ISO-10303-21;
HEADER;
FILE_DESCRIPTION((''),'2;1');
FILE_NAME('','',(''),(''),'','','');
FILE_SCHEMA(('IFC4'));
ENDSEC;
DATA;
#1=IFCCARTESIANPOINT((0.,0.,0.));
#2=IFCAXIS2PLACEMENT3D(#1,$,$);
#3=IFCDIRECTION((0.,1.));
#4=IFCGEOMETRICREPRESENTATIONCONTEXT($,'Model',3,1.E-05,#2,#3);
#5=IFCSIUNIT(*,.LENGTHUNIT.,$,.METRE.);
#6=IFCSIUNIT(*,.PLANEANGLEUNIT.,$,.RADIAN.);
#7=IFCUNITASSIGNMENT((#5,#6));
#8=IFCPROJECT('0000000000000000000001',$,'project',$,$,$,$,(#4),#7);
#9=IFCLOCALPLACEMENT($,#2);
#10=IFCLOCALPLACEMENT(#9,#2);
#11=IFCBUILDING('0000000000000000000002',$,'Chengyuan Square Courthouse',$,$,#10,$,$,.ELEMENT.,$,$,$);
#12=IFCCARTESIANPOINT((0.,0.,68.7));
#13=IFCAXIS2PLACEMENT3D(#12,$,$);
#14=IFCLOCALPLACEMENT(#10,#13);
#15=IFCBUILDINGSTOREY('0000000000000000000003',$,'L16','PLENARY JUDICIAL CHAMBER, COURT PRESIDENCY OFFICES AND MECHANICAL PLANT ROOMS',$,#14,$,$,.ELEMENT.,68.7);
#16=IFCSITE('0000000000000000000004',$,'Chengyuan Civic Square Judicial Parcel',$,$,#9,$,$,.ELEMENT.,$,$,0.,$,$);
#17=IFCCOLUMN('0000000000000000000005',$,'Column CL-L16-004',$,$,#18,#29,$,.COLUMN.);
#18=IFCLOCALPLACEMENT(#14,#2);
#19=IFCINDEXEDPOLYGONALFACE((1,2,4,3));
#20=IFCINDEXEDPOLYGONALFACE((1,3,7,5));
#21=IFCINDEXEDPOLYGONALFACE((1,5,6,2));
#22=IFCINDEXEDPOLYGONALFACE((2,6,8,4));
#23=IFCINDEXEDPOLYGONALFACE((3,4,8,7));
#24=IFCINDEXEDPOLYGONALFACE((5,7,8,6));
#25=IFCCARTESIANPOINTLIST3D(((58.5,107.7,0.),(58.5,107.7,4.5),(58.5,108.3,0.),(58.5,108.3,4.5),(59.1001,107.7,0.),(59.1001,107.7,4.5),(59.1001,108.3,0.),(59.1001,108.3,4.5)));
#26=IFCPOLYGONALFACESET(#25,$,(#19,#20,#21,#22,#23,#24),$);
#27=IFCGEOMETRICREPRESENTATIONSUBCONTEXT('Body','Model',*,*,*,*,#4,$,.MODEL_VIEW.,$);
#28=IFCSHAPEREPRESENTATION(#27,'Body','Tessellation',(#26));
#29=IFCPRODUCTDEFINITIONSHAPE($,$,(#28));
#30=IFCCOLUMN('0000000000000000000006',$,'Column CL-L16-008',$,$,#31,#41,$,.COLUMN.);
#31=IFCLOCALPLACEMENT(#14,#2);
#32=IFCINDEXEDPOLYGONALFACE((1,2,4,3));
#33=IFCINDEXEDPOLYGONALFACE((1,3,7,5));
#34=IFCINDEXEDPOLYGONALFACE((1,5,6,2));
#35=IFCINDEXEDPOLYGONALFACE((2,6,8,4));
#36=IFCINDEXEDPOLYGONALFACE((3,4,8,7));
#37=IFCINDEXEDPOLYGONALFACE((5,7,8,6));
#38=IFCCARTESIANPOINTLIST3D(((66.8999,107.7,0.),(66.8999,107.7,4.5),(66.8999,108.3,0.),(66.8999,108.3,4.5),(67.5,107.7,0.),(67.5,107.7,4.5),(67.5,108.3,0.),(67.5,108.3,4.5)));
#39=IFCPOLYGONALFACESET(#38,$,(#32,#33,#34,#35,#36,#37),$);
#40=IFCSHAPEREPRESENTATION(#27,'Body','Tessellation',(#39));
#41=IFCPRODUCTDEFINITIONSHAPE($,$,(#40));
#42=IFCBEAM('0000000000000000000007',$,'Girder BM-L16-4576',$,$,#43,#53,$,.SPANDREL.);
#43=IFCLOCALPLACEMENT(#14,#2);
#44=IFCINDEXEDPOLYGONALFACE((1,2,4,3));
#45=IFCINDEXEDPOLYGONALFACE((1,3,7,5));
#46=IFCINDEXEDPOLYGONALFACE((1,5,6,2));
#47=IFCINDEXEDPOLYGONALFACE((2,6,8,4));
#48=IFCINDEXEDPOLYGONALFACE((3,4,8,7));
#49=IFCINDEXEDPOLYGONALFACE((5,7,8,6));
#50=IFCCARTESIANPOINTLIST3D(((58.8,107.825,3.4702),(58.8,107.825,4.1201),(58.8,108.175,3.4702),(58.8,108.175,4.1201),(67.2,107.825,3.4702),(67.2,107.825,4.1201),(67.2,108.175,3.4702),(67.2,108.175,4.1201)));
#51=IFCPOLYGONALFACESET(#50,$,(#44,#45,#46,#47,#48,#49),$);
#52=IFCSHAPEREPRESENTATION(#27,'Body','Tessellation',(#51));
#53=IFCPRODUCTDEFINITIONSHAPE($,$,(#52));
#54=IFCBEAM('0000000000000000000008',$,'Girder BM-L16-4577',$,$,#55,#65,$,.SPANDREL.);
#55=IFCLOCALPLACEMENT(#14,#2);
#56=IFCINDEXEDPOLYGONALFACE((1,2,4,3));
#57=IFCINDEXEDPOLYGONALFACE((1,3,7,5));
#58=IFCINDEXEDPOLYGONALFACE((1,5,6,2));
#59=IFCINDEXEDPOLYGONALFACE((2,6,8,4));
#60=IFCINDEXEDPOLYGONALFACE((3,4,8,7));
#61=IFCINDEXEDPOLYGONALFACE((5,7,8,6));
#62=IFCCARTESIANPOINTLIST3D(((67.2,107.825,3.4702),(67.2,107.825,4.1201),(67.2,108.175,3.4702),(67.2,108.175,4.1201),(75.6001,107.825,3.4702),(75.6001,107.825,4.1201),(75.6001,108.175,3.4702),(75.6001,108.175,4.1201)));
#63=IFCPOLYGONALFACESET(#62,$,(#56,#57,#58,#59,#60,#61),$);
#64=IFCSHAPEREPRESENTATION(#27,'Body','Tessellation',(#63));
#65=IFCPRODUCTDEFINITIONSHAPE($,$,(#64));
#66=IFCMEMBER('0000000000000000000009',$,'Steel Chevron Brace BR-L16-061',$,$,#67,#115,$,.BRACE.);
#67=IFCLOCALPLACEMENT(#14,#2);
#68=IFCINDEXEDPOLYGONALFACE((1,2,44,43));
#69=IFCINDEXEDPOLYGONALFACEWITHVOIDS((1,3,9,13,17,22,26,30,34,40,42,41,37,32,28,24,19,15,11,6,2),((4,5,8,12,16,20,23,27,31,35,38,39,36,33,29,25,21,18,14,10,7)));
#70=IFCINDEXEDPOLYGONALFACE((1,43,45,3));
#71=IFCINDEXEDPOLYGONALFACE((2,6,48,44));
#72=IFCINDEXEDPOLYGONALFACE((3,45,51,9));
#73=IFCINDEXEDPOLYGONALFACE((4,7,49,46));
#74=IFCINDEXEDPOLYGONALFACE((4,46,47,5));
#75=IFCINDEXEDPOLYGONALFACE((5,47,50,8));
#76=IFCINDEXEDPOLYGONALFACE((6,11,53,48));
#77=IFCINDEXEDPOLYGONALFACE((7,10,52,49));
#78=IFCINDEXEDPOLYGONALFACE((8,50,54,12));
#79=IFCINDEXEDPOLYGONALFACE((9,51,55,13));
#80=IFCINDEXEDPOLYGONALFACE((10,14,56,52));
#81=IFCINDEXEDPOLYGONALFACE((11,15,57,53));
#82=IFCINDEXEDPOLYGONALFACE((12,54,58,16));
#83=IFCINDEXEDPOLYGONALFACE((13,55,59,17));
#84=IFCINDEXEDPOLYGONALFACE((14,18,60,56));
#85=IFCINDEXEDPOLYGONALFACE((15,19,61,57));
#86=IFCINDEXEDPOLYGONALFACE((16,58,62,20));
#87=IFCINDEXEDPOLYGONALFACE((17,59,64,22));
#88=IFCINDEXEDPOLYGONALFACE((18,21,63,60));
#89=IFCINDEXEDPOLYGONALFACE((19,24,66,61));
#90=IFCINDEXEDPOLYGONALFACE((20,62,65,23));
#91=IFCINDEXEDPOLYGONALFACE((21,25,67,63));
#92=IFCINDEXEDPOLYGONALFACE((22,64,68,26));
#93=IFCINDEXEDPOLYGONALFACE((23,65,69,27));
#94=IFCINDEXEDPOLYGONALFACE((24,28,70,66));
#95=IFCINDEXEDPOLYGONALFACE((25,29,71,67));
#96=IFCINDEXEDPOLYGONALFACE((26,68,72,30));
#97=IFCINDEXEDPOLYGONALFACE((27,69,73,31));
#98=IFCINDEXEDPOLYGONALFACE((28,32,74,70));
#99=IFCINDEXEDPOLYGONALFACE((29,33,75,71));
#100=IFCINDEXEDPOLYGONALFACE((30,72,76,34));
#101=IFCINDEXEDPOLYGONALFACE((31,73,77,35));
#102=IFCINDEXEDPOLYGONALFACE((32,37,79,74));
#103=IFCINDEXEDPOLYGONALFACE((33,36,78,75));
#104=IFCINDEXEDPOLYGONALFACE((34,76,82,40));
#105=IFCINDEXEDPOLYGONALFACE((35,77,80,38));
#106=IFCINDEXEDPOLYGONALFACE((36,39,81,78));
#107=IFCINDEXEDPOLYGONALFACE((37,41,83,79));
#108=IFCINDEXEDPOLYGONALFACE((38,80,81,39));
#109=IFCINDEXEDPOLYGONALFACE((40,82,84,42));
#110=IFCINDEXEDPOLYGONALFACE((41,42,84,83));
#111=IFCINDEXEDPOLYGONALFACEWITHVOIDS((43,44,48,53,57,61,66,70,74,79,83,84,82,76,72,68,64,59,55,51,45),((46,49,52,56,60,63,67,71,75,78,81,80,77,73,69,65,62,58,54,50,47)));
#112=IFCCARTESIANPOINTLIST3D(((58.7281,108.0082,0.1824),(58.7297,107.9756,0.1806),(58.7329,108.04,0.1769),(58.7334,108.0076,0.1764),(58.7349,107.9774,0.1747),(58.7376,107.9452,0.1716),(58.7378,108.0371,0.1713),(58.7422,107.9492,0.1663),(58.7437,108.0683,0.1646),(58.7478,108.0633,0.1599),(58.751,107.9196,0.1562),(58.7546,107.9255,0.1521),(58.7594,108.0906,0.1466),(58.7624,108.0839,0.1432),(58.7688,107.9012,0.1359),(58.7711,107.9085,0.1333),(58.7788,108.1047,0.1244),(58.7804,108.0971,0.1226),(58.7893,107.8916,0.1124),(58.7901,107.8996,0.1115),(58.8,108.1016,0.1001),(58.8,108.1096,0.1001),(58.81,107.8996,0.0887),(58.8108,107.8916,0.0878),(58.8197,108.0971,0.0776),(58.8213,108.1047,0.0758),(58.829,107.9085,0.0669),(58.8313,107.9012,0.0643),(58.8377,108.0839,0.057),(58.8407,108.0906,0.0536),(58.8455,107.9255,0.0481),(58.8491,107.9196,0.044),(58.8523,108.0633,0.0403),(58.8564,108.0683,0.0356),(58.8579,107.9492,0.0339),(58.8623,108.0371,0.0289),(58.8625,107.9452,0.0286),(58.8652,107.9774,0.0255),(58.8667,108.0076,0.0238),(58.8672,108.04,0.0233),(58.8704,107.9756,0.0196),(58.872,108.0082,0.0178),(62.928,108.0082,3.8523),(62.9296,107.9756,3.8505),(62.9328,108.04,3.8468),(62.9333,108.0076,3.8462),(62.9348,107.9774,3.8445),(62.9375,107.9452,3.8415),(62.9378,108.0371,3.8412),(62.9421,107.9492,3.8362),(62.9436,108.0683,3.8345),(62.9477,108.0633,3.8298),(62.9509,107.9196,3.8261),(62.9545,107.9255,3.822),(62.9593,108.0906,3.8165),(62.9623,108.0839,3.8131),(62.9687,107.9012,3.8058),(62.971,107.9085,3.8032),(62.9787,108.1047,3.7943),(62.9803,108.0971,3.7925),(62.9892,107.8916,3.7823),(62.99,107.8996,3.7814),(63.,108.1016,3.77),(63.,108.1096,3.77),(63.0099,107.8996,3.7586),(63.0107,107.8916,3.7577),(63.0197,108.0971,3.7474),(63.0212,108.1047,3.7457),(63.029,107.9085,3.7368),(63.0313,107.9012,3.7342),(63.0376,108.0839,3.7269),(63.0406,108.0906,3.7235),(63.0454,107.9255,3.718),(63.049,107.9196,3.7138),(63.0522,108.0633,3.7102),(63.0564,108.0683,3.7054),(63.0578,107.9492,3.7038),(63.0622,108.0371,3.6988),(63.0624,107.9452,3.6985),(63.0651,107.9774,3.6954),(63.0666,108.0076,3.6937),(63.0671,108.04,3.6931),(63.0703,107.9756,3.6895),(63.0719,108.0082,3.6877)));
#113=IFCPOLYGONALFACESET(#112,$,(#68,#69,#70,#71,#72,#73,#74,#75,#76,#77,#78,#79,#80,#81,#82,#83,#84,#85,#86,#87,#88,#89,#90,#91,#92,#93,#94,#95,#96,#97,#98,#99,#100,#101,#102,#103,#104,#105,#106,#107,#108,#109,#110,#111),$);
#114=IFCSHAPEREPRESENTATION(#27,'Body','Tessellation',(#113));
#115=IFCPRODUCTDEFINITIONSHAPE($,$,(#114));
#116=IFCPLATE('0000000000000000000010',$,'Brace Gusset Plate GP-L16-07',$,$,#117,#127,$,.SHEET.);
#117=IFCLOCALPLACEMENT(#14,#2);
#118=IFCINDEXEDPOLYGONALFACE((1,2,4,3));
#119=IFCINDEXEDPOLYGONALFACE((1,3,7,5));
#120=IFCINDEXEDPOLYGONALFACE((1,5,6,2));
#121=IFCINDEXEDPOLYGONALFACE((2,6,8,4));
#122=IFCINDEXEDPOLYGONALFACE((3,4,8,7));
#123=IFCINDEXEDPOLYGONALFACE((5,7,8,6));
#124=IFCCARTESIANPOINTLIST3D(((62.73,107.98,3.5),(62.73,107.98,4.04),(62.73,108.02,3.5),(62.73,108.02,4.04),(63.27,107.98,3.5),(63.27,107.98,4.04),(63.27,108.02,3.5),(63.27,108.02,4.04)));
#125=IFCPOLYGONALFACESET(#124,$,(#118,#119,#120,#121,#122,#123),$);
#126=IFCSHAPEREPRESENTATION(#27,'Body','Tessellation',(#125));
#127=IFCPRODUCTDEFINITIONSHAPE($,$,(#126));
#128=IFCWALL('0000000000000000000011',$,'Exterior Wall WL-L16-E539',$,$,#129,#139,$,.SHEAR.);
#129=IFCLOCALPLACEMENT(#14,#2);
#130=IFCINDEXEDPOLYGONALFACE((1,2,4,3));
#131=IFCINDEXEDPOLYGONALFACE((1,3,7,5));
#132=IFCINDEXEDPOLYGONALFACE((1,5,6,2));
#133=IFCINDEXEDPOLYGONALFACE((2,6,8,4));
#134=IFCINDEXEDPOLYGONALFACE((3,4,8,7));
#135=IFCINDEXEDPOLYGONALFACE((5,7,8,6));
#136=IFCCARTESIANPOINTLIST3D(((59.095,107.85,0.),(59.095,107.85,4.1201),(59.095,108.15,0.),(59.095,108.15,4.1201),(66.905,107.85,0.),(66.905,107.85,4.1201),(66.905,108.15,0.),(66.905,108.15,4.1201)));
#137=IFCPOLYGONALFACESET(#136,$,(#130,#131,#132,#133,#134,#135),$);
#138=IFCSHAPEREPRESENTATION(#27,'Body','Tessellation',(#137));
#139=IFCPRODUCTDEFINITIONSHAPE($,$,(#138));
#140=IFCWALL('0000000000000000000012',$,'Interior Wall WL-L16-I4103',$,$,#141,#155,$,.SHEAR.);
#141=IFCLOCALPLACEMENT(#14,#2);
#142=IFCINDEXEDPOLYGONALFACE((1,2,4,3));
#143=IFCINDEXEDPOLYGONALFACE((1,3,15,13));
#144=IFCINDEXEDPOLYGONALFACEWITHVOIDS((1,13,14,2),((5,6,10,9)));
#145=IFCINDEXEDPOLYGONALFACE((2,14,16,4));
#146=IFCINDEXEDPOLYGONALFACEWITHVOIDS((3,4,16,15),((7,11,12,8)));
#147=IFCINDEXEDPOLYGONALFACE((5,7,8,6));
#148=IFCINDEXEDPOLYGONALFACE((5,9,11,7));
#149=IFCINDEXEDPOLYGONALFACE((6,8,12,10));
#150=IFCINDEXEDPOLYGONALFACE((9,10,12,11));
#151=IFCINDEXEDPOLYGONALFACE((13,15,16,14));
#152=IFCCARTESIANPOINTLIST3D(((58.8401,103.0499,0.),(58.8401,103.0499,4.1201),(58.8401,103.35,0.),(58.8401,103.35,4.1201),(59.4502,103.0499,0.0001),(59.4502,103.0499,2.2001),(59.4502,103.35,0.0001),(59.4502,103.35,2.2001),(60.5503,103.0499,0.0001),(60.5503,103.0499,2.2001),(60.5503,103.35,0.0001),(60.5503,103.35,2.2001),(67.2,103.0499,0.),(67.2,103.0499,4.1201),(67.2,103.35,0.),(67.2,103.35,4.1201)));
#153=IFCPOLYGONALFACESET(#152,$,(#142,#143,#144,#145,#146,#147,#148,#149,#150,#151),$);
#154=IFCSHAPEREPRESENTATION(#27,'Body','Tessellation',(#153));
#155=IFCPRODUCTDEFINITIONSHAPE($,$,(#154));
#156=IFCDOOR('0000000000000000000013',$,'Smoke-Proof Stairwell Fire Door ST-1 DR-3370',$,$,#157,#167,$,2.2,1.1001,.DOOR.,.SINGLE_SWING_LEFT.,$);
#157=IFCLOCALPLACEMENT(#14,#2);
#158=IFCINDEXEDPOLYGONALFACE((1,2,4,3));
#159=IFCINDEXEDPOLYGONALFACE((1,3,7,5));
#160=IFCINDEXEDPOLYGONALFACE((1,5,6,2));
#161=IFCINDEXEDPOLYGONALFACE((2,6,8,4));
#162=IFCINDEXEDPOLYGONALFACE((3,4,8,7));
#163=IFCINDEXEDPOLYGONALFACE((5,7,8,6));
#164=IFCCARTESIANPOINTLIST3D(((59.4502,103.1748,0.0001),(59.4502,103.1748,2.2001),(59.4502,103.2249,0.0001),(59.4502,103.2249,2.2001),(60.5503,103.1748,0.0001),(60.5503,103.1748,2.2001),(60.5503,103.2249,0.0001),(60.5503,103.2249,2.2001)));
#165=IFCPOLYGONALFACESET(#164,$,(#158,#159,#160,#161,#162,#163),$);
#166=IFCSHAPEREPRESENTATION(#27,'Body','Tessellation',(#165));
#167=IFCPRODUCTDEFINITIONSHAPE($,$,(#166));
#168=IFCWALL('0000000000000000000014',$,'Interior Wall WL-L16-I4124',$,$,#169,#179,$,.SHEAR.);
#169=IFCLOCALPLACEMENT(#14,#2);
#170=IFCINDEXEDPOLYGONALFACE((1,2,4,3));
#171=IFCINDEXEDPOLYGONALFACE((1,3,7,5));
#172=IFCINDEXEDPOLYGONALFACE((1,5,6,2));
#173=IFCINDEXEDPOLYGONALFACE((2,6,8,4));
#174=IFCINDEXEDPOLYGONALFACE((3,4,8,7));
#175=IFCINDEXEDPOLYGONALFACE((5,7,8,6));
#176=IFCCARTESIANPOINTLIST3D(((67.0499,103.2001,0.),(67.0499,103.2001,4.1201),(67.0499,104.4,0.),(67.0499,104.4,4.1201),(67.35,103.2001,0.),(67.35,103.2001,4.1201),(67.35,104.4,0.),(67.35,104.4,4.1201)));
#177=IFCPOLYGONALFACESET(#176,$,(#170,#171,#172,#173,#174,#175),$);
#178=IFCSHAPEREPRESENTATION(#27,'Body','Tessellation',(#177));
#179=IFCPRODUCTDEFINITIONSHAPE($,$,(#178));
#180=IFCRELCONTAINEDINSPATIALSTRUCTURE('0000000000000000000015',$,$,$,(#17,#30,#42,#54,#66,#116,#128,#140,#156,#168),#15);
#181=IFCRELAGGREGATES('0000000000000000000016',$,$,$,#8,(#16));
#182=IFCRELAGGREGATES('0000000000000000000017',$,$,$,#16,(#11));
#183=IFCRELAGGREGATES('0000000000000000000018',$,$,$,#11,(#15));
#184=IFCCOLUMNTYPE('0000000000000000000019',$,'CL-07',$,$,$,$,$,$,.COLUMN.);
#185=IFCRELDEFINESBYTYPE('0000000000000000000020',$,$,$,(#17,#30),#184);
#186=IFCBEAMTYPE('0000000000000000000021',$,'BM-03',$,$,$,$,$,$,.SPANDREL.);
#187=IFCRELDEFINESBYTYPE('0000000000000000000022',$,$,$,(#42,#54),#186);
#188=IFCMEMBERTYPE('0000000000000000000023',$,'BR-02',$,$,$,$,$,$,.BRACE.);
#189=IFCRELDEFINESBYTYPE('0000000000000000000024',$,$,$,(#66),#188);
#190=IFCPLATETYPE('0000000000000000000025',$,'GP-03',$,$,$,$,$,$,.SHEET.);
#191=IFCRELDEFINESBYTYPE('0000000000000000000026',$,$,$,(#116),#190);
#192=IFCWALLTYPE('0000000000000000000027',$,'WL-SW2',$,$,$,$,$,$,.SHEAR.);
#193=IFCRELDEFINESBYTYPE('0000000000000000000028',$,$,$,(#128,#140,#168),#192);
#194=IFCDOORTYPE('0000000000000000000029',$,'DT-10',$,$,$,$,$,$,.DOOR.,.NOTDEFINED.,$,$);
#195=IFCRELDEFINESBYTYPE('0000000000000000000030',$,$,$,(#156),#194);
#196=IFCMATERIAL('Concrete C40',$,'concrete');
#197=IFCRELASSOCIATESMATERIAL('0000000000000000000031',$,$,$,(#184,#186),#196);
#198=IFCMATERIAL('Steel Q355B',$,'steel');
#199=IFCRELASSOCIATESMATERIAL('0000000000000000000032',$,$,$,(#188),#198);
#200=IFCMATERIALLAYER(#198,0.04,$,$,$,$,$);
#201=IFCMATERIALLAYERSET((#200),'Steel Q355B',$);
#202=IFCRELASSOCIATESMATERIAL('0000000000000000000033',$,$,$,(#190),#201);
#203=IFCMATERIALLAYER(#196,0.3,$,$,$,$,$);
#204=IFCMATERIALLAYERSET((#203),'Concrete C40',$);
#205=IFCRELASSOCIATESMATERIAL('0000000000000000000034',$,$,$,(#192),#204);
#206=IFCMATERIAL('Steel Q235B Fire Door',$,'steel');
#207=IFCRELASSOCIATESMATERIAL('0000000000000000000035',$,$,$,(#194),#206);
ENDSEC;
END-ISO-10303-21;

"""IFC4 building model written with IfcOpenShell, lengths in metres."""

from ifc_helpers import new_model, si_unit, direction, frame, frame_2d, origin, origin_2d, place, context, subcontext, project, spatial, rectangle, hollow_circle, extrude, material, layer, layer_set, material_profile, profile_set, type_object, element, fill, save


model = new_model("IFC4")

# Units and contexts
model_context = context("Model", 3, precision=1e-05, world=origin(), true_north=direction((0.0, 1.0)))
body_context = subcontext(model_context, "Body", "Model", "MODEL_VIEW")
ifc_project = project(units=[si_unit("LENGTHUNIT", "METRE"), si_unit("PLANEANGLEUNIT", "RADIAN")], contexts=[model_context])

# Site, building, storey
site_placement = place(None, origin())
site = spatial("IfcSite", under=ifc_project, at=site_placement, Name="Chengyuan Civic Square Judicial Parcel", CompositionType="ELEMENT", RefElevation=0.0)
building_placement = place(site_placement, origin())
building = spatial("IfcBuilding", under=site, at=building_placement, Name="Chengyuan Square Courthouse", CompositionType="ELEMENT")
storey_placement = place(building_placement, frame((0.0, 0.0, 68.7)))
storey = spatial("IfcBuildingStorey", under=building, at=storey_placement, Name="L16", Description="PLENARY JUDICIAL CHAMBER, COURT PRESIDENCY OFFICES AND MECHANICAL PLANT ROOMS", CompositionType="ELEMENT", Elevation=68.7)

# Columns
ifc_material_1 = material(Name="Concrete C40", Category="concrete")
ifc_material_profile_1 = material_profile(ifc_material_1, rectangle(XDim=0.6001, YDim=0.6001, at=origin_2d()), Name="RC-COL-600x600")
ifc_profile_set_1 = profile_set([ifc_material_profile_1], Name="Concrete C40")
column_type = type_object("IfcColumnType", Name="CL-07", PredefinedType="COLUMN", material=ifc_profile_set_1)
for number, where, z_axis, x_axis, name in (
    (1, (58.8, 108.0, 0.0), (0.0, 0.0, 1.0), (1.0, 0.0, 0.0), "Column CL-L16-004"),
    (2, (67.2, 108.0, 0.0), (0.0, 0.0, 1.0), (1.0, 0.0, 0.0), "Column CL-L16-008"),
):
    element("IfcColumn", number, at=place(storey_placement, frame(where, z_axis=z_axis, x_axis=x_axis)), inside=storey, type_object=column_type, Name=name, PredefinedType="COLUMN", context=body_context, shape_type="SweptSolid", body=[
        extrude(rectangle(XDim=0.6001, YDim=0.6001, at=origin_2d()), origin(), (0.0, 0.0, 1.0), 4.5),
    ])

# Beams
ifc_material_profile_2 = material_profile(ifc_material_1, rectangle(XDim=0.3501, YDim=0.6499, at=origin_2d()), Name="RC-BM-350x650")
ifc_profile_set_2 = profile_set([ifc_material_profile_2], Name="Concrete C40")
beam_type = type_object("IfcBeamType", Name="BM-03", PredefinedType="SPANDREL", material=ifc_profile_set_2)
beam_1_placement = place(storey_placement, frame((58.8, 108.0, 3.7952), z_axis=(1.0, 0.0, 0.0), x_axis=(0.0, 1.0, 0.0)))
element("IfcBeam", 3, at=beam_1_placement, inside=storey, type_object=beam_type, Name="Girder BM-L16-4576", PredefinedType="SPANDREL", context=body_context, shape_type="SweptSolid", body=[
    extrude(rectangle(XDim=0.3501, YDim=0.6499, at=origin_2d()), origin(), (0.0, 0.0, 1.0), 8.3999),
])
beam_2_placement = place(storey_placement, frame((67.2, 108.0, 3.7952), z_axis=(1.0, 0.0, 0.0), x_axis=(0.0, 1.0, 0.0)))
element("IfcBeam", 4, at=beam_2_placement, inside=storey, type_object=beam_type, Name="Girder BM-L16-4577", PredefinedType="SPANDREL", context=body_context, shape_type="SweptSolid", body=[
    extrude(rectangle(XDim=0.3501, YDim=0.6499, at=origin_2d()), origin(), (0.0, 0.0, 1.0), 8.4001),
])

# Member
ifc_material_2 = material(Name="Steel Q355B", Category="steel")
ifc_material_profile_3 = material_profile(ifc_material_2, hollow_circle(Radius=0.1096, WallThickness=0.0081, at=origin_2d()), Name="CHS 219x8")
ifc_profile_set_3 = profile_set([ifc_material_profile_3], Name="Steel Q355B")
member_type = type_object("IfcMemberType", Name="BR-02", PredefinedType="BRACE", material=ifc_profile_set_3)
member_placement = place(storey_placement, frame((58.8, 108.0, 0.1001), z_axis=(0.753024, 0.0, 0.657993), x_axis=(0.0, 1.0, 0.0)))
element("IfcMember", 5, at=member_placement, inside=storey, type_object=member_type, Name="Steel Chevron Brace BR-L16-061", PredefinedType="BRACE", context=body_context, shape_type="SweptSolid", body=[
    extrude(hollow_circle(Radius=0.1096, WallThickness=0.0081, at=origin_2d()), origin(), (0.0, 0.0, 1.0), 5.5774),
])

# Plate
ifc_layer_1 = layer(ifc_material_2, 0.04)
ifc_layer_set_1 = layer_set([ifc_layer_1], Name="Steel Q355B")
plate_type = type_object("IfcPlateType", Name="GP-03", PredefinedType="SHEET", material=ifc_layer_set_1)
plate_placement = place(storey_placement, frame((63.0, 108.0, 3.5), z_axis=(0.0, 0.0, 1.0), x_axis=(1.0, 0.0, 0.0)))
element("IfcPlate", 6, at=plate_placement, inside=storey, type_object=plate_type, Name="Brace Gusset Plate GP-L16-07", PredefinedType="SHEET", context=body_context, shape_type="SweptSolid", body=[
    extrude(rectangle(XDim=0.54, YDim=0.04, at=origin_2d()), origin(), (0.0, 0.0, 1.0), 0.54),
])

# Wall
ifc_layer_2 = layer(ifc_material_1, 0.3)
ifc_layer_set_2 = layer_set([ifc_layer_2], Name="Concrete C40")
wall_type = type_object("IfcWallType", Name="WL-SW2", PredefinedType="SHEAR", material=ifc_layer_set_2)
wall_1_placement = place(storey_placement, frame((59.095, 108.0, 0.0), z_axis=(0.0, 0.0, 1.0), x_axis=(1.0, 0.0, 0.0)))
element("IfcWall", 7, at=wall_1_placement, inside=storey, type_object=wall_type, Name="Exterior Wall WL-L16-E539", PredefinedType="SHEAR", context=body_context, shape_type="SweptSolid", body=[
    extrude(rectangle(XDim=7.8101, YDim=0.3, at=frame_2d((3.905, 0.0))), origin(), (0.0, 0.0, 1.0), 4.1201),
])

# Wall, opening, door
wall_2_placement = place(storey_placement, frame((58.8401, 103.2, 0.0), z_axis=(0.0, 0.0, 1.0), x_axis=(1.0, 0.0, 0.0)))
wall_2 = element("IfcWall", 8, at=wall_2_placement, inside=storey, type_object=wall_type, Name="Interior Wall WL-L16-I4103", PredefinedType="SHEAR", context=body_context, shape_type="SweptSolid", body=[
    extrude(rectangle(XDim=8.3599, YDim=0.3, at=frame_2d((4.1799, 0.0))), origin(), (0.0, 0.0, 1.0), 4.1201),
])
opening_placement = place(wall_2_placement, frame((0.6101, 0.0, 0.0)))
opening = element("IfcOpeningElement", 9, at=opening_placement, cuts=wall_2, PredefinedType="OPENING", context=body_context, shape_type="SweptSolid", body=[
    extrude(rectangle(XDim=1.1001, YDim=2.2, at=frame_2d((0.55, 1.1001))), frame((0.0, 0.1621, 0.0), z_axis=(0.0, -1.0, 0.0), x_axis=(1.0, 0.0, 0.0)), (0.0, 0.0, 1.0), 0.324),
])
ifc_material_3 = material(Name="Steel Q235B Fire Door", Category="steel")
door_type = type_object("IfcDoorType", Name="DT-10", OperationType="NOTDEFINED", PredefinedType="DOOR", material=ifc_material_3)
door_placement = place(opening_placement, origin())
door = element("IfcDoor", 10, at=door_placement, inside=storey, type_object=door_type, Name="Smoke-Proof Stairwell Fire Door ST-1 DR-3370", OperationType="SINGLE_SWING_LEFT", OverallHeight=2.2, OverallWidth=1.1001, PredefinedType="DOOR", context=body_context, shape_type="SweptSolid", body=[
    extrude(rectangle(XDim=1.1001, YDim=2.2, at=frame_2d((0.55, 1.1001))), frame((0.0, 0.0249, 0.0), z_axis=(0.0, -1.0, 0.0), x_axis=(1.0, 0.0, 0.0)), (0.0, 0.0, 1.0), 0.05),
])
fill(opening, door)

# Wall
wall_3_placement = place(storey_placement, frame((67.2, 103.2, 0.0), z_axis=(0.0, 0.0, 1.0), x_axis=(0.0, 1.0, 0.0)))
element("IfcWall", 11, at=wall_3_placement, inside=storey, type_object=wall_type, Name="Interior Wall WL-L16-I4124", PredefinedType="SHEAR", context=body_context, shape_type="SweptSolid", body=[
    extrude(rectangle(XDim=1.2, YDim=0.3, at=frame_2d((0.6001, 0.0))), origin(), (0.0, 0.0, 1.0), 4.1201),
])

save(model, "model.ifc")
